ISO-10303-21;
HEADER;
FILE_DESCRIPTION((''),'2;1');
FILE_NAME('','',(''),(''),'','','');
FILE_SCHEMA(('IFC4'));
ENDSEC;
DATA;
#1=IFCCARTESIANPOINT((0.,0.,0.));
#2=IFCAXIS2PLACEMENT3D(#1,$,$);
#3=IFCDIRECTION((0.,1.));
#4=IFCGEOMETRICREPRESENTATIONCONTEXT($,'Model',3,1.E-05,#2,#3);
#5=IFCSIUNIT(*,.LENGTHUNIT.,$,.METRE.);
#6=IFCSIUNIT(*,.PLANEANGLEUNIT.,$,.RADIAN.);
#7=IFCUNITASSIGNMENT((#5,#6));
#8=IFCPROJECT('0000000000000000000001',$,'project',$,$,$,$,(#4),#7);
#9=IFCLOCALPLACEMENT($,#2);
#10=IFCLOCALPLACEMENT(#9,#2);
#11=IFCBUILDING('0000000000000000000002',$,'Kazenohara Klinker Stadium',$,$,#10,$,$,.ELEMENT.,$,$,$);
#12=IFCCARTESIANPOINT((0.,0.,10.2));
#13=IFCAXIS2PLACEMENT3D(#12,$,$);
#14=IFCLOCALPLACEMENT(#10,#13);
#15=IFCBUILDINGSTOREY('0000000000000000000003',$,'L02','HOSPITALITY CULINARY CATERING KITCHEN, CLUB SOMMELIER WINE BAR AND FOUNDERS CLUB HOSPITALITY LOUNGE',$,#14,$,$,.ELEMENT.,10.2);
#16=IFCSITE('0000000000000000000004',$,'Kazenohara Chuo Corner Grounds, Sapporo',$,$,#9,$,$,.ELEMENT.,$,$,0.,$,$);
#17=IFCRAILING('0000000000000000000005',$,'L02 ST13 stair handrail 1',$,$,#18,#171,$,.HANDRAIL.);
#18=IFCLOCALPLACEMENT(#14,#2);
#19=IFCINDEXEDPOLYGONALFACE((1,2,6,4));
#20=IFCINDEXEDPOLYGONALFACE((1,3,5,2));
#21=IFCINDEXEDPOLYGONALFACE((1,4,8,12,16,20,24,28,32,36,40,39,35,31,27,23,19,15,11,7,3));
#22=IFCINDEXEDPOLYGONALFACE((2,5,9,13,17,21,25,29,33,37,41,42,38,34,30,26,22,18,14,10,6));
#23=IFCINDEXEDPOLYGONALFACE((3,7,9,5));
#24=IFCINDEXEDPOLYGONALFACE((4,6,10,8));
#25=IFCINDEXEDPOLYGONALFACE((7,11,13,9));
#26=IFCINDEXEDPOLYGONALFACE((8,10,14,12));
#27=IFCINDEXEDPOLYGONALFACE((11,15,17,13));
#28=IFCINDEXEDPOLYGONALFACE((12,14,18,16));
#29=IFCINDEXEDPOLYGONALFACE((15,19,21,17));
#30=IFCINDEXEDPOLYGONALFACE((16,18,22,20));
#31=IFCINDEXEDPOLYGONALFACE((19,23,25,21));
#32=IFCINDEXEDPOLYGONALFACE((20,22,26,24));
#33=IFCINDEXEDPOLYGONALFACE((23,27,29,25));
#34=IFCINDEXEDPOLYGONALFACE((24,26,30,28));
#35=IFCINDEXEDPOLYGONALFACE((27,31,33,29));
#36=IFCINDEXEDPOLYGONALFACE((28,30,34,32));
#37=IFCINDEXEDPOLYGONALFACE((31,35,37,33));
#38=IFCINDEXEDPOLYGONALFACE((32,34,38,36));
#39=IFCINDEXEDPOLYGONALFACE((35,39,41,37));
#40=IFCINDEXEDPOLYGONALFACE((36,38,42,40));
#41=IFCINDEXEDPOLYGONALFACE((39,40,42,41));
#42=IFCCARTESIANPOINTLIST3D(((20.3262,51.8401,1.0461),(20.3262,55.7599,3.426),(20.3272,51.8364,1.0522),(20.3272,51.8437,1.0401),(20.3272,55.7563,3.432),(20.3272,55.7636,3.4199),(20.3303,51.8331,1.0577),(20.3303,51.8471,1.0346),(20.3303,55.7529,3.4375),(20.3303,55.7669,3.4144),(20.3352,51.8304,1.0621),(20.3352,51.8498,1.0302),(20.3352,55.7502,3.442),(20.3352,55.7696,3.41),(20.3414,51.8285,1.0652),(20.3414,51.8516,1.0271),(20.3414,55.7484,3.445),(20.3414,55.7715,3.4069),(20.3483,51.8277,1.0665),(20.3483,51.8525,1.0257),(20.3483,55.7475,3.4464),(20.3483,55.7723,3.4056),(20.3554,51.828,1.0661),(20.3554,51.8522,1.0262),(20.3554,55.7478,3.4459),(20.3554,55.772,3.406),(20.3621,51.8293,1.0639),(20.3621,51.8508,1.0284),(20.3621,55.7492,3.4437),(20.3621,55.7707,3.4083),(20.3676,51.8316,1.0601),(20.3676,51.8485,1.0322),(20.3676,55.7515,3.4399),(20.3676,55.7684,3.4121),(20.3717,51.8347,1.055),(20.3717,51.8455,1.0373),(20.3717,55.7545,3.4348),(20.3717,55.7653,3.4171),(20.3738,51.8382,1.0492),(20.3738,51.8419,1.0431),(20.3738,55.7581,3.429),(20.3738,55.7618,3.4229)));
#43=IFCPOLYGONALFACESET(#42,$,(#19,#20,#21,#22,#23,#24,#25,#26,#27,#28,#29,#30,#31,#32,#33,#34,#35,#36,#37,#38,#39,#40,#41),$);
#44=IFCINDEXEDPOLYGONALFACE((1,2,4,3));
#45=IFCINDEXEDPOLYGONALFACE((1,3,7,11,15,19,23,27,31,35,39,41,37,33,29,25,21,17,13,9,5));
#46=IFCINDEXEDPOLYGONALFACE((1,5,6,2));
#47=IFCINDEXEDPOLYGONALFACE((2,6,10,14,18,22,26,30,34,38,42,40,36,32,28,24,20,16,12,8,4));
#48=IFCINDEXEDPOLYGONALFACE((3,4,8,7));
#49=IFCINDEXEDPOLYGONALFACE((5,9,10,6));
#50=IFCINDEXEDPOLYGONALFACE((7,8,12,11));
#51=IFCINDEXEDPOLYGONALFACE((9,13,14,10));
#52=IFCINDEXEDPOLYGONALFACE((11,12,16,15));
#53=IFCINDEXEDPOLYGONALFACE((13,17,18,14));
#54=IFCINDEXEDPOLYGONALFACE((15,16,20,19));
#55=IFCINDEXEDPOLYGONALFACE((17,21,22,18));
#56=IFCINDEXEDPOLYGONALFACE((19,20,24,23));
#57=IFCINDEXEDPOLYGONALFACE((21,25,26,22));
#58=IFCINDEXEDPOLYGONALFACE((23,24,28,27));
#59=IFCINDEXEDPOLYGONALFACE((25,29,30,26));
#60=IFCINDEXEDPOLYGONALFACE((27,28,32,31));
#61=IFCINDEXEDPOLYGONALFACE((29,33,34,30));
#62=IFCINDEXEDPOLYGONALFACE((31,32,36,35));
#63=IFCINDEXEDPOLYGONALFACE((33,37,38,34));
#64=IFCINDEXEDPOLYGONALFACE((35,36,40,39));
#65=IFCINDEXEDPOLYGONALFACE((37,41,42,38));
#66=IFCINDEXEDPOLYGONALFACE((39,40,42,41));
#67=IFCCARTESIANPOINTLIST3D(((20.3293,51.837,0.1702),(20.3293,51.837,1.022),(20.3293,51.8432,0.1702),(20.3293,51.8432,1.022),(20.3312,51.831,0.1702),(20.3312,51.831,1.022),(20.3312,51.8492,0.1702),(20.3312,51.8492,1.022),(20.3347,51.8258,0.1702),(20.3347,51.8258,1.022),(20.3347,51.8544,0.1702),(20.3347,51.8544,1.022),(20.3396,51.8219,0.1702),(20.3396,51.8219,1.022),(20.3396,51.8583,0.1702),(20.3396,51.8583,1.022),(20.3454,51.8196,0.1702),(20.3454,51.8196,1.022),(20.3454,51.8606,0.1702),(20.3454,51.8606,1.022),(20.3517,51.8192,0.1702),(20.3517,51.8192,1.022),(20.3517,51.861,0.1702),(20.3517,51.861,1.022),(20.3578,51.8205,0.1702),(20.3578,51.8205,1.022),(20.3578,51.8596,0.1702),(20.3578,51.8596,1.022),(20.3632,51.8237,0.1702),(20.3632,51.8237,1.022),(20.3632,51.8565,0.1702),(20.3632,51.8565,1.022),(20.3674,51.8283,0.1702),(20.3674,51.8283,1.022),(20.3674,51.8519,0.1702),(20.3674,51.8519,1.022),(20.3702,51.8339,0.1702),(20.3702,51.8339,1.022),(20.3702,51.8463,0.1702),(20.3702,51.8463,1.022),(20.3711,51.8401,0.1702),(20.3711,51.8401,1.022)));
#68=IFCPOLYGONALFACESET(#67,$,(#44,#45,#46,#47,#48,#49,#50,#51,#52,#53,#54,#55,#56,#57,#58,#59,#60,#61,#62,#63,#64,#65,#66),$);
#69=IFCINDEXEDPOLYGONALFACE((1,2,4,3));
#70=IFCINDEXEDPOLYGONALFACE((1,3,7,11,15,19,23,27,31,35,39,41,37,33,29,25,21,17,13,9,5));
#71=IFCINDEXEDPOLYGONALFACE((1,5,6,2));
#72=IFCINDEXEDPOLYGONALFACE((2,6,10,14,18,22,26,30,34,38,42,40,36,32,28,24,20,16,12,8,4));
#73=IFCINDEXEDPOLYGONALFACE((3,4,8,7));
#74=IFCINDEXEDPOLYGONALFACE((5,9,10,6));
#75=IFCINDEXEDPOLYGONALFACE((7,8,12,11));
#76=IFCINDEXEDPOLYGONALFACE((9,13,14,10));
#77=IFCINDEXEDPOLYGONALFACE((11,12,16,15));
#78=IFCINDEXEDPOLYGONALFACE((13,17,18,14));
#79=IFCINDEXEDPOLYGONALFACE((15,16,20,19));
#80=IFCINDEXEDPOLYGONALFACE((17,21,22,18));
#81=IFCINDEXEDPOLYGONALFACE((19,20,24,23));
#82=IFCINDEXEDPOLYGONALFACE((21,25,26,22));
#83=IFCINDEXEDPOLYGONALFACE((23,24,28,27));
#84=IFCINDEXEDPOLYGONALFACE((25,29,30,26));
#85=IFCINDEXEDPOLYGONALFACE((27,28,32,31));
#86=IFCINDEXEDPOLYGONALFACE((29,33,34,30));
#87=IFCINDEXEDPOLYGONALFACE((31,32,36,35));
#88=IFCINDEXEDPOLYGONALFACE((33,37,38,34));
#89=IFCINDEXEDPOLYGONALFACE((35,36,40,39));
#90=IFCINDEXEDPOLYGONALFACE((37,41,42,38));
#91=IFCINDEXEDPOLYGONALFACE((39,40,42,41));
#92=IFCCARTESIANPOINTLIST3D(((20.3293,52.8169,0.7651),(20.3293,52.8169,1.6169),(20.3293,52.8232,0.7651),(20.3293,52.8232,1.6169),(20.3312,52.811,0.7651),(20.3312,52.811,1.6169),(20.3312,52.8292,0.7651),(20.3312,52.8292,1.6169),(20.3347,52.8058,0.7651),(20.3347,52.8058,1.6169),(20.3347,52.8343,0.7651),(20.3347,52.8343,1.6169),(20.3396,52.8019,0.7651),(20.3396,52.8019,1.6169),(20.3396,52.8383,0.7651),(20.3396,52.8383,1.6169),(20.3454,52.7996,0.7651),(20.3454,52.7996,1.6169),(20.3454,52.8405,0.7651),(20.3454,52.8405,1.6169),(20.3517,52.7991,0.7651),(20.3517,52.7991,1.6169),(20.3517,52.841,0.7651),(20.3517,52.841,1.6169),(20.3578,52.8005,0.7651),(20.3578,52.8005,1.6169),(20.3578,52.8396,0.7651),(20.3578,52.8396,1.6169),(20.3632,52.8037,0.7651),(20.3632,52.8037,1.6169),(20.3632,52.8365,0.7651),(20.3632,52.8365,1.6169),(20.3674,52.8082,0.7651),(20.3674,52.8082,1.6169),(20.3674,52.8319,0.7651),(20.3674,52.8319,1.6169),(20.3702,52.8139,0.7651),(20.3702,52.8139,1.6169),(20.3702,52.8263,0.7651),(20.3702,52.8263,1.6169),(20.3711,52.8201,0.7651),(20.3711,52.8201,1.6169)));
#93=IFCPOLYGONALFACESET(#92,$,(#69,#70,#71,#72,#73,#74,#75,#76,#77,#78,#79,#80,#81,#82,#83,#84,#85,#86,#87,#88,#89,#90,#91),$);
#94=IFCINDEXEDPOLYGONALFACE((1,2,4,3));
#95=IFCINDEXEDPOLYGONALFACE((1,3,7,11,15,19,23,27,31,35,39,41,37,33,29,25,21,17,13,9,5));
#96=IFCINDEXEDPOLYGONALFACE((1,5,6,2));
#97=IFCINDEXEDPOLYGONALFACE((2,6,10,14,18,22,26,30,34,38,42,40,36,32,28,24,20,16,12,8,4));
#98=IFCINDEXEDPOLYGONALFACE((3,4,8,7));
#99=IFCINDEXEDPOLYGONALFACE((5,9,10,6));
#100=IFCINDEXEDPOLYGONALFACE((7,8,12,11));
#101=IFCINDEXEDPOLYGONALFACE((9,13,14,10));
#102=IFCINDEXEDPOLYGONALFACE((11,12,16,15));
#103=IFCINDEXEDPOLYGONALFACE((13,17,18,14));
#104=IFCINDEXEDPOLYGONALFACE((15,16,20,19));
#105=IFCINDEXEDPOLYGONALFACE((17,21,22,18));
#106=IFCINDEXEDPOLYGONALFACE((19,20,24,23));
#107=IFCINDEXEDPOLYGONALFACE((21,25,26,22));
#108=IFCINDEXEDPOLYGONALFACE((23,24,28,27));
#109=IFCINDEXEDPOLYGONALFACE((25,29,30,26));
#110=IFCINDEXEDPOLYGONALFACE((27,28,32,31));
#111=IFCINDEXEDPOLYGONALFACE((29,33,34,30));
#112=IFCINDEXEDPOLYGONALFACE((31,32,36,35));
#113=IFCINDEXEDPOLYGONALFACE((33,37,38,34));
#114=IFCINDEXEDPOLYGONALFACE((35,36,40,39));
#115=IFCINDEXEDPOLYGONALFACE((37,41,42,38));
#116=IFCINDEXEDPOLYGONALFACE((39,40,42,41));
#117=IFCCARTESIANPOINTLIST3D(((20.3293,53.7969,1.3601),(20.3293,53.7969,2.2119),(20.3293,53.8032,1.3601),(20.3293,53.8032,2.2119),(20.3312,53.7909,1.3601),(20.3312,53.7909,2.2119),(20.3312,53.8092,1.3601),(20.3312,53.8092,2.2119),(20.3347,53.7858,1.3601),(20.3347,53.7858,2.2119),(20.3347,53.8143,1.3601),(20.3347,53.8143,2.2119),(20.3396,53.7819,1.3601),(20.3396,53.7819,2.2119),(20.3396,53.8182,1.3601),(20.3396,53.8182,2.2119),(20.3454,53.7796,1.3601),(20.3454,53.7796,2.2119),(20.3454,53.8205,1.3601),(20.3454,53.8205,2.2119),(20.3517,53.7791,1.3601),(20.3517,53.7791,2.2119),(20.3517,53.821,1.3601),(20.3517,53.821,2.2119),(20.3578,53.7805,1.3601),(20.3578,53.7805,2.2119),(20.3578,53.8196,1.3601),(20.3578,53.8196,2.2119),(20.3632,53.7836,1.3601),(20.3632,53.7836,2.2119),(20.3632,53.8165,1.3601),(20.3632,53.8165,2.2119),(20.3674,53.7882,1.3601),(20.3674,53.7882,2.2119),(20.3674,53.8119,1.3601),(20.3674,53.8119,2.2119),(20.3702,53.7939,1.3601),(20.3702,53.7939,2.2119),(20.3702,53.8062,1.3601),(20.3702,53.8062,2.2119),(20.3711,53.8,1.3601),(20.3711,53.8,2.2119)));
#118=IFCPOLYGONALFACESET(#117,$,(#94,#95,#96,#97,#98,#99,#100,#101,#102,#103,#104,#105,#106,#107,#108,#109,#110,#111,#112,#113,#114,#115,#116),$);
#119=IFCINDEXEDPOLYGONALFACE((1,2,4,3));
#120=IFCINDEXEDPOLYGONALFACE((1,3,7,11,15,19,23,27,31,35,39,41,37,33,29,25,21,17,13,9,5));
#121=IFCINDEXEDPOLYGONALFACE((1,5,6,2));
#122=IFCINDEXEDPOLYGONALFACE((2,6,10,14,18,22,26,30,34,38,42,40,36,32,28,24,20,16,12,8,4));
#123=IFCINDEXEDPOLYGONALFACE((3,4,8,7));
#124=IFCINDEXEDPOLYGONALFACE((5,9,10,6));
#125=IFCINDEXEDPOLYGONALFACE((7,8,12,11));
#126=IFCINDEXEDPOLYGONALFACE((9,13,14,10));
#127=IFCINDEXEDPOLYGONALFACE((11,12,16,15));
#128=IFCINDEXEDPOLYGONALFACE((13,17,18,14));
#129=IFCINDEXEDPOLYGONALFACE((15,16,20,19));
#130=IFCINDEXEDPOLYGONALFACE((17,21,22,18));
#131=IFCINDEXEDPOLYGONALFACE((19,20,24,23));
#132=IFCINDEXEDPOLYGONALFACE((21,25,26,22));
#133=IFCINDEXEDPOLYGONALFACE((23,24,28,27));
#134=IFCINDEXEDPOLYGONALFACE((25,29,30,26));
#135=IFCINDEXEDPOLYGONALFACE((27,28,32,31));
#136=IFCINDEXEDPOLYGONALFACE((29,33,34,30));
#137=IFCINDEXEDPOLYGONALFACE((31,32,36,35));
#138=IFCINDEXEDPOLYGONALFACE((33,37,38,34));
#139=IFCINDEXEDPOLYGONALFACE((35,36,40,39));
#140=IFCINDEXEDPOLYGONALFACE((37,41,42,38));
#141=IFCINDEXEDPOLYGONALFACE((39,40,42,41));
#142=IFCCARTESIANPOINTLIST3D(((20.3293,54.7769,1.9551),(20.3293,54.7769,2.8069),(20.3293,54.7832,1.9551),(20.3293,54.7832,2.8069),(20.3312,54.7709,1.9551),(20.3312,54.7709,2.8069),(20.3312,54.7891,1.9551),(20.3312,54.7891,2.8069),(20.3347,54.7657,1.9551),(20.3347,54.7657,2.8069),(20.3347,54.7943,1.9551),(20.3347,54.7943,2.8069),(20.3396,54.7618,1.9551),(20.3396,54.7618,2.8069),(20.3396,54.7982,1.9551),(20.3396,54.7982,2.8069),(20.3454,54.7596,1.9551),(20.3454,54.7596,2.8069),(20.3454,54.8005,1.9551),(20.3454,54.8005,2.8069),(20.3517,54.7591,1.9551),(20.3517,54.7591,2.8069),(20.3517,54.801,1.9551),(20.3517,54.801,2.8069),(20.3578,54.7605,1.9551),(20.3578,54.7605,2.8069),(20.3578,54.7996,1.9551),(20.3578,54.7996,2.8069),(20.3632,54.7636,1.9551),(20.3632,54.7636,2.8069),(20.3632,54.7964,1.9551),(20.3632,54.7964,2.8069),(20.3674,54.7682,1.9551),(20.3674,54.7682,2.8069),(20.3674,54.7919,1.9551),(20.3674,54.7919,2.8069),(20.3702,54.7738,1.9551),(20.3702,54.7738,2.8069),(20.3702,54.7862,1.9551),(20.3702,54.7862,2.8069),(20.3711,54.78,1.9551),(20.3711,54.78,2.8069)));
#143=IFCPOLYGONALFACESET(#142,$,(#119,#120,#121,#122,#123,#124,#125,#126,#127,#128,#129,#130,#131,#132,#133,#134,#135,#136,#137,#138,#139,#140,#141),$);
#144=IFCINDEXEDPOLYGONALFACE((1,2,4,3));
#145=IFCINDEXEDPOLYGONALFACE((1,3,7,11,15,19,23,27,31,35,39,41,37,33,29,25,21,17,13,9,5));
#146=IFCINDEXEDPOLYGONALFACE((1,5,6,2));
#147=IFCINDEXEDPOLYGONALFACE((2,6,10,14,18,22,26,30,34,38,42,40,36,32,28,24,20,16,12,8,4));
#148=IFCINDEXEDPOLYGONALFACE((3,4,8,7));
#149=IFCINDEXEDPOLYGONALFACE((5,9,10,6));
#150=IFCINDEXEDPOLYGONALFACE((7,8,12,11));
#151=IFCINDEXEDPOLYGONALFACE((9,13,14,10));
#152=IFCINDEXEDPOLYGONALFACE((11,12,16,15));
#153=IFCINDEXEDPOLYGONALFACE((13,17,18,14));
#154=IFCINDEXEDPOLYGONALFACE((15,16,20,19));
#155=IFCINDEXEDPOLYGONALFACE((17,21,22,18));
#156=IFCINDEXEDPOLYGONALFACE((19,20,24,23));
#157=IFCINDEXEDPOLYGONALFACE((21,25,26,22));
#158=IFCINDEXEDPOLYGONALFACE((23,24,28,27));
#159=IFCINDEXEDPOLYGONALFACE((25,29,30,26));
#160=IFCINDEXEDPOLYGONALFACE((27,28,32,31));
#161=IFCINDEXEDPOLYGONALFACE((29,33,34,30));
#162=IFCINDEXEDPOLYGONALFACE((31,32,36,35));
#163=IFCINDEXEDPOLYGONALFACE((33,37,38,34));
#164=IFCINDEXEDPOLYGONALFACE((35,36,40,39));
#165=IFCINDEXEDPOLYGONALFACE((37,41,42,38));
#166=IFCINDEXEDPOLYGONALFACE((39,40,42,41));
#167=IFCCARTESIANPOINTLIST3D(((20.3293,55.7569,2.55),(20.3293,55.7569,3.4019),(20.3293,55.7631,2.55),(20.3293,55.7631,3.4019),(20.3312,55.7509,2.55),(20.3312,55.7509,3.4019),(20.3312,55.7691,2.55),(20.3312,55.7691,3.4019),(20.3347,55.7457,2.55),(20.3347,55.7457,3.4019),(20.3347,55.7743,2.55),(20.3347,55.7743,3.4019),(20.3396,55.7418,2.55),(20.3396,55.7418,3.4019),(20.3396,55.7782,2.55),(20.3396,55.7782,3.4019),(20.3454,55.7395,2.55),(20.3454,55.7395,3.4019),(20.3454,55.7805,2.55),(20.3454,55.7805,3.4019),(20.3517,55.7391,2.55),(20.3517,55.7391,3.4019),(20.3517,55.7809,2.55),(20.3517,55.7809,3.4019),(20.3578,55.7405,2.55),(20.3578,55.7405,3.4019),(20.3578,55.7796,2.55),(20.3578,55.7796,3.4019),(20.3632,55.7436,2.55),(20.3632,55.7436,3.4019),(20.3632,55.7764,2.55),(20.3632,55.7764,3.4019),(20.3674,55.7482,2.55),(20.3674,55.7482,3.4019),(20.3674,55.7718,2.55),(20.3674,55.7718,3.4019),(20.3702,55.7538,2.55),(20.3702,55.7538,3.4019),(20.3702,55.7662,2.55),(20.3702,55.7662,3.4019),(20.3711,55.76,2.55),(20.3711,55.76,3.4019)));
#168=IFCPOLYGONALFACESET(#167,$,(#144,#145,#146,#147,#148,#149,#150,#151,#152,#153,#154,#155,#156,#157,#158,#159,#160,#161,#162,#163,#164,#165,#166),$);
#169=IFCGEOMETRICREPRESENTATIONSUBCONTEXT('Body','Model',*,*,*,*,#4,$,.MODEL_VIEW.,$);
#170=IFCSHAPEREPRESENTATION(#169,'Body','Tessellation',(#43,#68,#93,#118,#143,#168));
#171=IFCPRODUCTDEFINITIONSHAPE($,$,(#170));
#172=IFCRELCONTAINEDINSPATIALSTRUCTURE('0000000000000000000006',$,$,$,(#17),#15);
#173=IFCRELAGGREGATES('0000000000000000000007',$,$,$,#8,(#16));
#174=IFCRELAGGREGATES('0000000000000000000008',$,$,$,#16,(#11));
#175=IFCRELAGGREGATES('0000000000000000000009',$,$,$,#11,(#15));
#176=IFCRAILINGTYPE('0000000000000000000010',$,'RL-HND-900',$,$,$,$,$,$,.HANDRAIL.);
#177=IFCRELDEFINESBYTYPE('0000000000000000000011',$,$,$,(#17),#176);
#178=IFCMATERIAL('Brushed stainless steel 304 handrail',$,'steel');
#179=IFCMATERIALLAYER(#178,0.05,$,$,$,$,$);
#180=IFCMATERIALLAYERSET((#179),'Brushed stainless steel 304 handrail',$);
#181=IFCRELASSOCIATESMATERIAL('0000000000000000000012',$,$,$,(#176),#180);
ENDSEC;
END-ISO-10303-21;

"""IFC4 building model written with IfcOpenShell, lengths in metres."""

from ifc_helpers import new_model, si_unit, direction, frame, origin, origin_2d, place, context, subcontext, project, spatial, circle, extrude, material, layer, layer_set, type_object, element, save


model = new_model("IFC4")

# Units and contexts
model_context = context("Model", 3, precision=1e-05, world=origin(), true_north=direction((0.0, 1.0)))
body_context = subcontext(model_context, "Body", "Model", "MODEL_VIEW")
ifc_project = project(units=[si_unit("LENGTHUNIT", "METRE"), si_unit("PLANEANGLEUNIT", "RADIAN")], contexts=[model_context])

# Site, building, storey
site_placement = place(None, origin())
site = spatial("IfcSite", under=ifc_project, at=site_placement, Name="Kazenohara Chuo Corner Grounds, Sapporo", CompositionType="ELEMENT", RefElevation=0.0)
building_placement = place(site_placement, origin())
building = spatial("IfcBuilding", under=site, at=building_placement, Name="Kazenohara Klinker Stadium", CompositionType="ELEMENT")
storey_placement = place(building_placement, frame((0.0, 0.0, 10.2)))
storey = spatial("IfcBuildingStorey", under=building, at=storey_placement, Name="L02", Description="HOSPITALITY CULINARY CATERING KITCHEN, CLUB SOMMELIER WINE BAR AND FOUNDERS CLUB HOSPITALITY LOUNGE", CompositionType="ELEMENT", Elevation=10.2)

# Railing
ifc_material_1 = material(Name="Brushed stainless steel 304 handrail", Category="steel")
ifc_layer_1 = layer(ifc_material_1, 0.05)
ifc_layer_set_1 = layer_set([ifc_layer_1], Name="Brushed stainless steel 304 handrail")
railing_type_1 = type_object("IfcRailingType", Name="RL-HND-900", PredefinedType="HANDRAIL", material=ifc_layer_set_1)
railing_1_placement = place(storey_placement, frame((20.3501, 51.8401, 0.1702)))
element("IfcRailing", 1, at=railing_1_placement, inside=storey, type_object=railing_type_1, Name="L02 ST13 stair handrail 1", PredefinedType="HANDRAIL", context=body_context, shape_type="SweptSolid", body=[
    extrude(circle(Radius=0.0239, at=origin_2d()), frame((0.0, 0.0, 0.876), z_axis=(0.0, 0.854794, 0.518967), x_axis=(-1.0, 0.0, 0.0)), (0.0, 0.0, 1.0), 4.5857),
    extrude(circle(Radius=0.021, at=origin_2d()), origin(), (0.0, 0.0, 1.0), 0.8518),
    extrude(circle(Radius=0.021, at=origin_2d()), frame((0.0, 0.98, 0.595)), (0.0, 0.0, 1.0), 0.8518),
    extrude(circle(Radius=0.021, at=origin_2d()), frame((0.0, 1.96, 1.1899)), (0.0, 0.0, 1.0), 0.8518),
    extrude(circle(Radius=0.021, at=origin_2d()), frame((0.0, 2.9399, 1.7849)), (0.0, 0.0, 1.0), 0.8518),
    extrude(circle(Radius=0.021, at=origin_2d()), frame((0.0, 3.9199, 2.3799)), (0.0, 0.0, 1.0), 0.8518),
])

save(model, "model.ifc")
